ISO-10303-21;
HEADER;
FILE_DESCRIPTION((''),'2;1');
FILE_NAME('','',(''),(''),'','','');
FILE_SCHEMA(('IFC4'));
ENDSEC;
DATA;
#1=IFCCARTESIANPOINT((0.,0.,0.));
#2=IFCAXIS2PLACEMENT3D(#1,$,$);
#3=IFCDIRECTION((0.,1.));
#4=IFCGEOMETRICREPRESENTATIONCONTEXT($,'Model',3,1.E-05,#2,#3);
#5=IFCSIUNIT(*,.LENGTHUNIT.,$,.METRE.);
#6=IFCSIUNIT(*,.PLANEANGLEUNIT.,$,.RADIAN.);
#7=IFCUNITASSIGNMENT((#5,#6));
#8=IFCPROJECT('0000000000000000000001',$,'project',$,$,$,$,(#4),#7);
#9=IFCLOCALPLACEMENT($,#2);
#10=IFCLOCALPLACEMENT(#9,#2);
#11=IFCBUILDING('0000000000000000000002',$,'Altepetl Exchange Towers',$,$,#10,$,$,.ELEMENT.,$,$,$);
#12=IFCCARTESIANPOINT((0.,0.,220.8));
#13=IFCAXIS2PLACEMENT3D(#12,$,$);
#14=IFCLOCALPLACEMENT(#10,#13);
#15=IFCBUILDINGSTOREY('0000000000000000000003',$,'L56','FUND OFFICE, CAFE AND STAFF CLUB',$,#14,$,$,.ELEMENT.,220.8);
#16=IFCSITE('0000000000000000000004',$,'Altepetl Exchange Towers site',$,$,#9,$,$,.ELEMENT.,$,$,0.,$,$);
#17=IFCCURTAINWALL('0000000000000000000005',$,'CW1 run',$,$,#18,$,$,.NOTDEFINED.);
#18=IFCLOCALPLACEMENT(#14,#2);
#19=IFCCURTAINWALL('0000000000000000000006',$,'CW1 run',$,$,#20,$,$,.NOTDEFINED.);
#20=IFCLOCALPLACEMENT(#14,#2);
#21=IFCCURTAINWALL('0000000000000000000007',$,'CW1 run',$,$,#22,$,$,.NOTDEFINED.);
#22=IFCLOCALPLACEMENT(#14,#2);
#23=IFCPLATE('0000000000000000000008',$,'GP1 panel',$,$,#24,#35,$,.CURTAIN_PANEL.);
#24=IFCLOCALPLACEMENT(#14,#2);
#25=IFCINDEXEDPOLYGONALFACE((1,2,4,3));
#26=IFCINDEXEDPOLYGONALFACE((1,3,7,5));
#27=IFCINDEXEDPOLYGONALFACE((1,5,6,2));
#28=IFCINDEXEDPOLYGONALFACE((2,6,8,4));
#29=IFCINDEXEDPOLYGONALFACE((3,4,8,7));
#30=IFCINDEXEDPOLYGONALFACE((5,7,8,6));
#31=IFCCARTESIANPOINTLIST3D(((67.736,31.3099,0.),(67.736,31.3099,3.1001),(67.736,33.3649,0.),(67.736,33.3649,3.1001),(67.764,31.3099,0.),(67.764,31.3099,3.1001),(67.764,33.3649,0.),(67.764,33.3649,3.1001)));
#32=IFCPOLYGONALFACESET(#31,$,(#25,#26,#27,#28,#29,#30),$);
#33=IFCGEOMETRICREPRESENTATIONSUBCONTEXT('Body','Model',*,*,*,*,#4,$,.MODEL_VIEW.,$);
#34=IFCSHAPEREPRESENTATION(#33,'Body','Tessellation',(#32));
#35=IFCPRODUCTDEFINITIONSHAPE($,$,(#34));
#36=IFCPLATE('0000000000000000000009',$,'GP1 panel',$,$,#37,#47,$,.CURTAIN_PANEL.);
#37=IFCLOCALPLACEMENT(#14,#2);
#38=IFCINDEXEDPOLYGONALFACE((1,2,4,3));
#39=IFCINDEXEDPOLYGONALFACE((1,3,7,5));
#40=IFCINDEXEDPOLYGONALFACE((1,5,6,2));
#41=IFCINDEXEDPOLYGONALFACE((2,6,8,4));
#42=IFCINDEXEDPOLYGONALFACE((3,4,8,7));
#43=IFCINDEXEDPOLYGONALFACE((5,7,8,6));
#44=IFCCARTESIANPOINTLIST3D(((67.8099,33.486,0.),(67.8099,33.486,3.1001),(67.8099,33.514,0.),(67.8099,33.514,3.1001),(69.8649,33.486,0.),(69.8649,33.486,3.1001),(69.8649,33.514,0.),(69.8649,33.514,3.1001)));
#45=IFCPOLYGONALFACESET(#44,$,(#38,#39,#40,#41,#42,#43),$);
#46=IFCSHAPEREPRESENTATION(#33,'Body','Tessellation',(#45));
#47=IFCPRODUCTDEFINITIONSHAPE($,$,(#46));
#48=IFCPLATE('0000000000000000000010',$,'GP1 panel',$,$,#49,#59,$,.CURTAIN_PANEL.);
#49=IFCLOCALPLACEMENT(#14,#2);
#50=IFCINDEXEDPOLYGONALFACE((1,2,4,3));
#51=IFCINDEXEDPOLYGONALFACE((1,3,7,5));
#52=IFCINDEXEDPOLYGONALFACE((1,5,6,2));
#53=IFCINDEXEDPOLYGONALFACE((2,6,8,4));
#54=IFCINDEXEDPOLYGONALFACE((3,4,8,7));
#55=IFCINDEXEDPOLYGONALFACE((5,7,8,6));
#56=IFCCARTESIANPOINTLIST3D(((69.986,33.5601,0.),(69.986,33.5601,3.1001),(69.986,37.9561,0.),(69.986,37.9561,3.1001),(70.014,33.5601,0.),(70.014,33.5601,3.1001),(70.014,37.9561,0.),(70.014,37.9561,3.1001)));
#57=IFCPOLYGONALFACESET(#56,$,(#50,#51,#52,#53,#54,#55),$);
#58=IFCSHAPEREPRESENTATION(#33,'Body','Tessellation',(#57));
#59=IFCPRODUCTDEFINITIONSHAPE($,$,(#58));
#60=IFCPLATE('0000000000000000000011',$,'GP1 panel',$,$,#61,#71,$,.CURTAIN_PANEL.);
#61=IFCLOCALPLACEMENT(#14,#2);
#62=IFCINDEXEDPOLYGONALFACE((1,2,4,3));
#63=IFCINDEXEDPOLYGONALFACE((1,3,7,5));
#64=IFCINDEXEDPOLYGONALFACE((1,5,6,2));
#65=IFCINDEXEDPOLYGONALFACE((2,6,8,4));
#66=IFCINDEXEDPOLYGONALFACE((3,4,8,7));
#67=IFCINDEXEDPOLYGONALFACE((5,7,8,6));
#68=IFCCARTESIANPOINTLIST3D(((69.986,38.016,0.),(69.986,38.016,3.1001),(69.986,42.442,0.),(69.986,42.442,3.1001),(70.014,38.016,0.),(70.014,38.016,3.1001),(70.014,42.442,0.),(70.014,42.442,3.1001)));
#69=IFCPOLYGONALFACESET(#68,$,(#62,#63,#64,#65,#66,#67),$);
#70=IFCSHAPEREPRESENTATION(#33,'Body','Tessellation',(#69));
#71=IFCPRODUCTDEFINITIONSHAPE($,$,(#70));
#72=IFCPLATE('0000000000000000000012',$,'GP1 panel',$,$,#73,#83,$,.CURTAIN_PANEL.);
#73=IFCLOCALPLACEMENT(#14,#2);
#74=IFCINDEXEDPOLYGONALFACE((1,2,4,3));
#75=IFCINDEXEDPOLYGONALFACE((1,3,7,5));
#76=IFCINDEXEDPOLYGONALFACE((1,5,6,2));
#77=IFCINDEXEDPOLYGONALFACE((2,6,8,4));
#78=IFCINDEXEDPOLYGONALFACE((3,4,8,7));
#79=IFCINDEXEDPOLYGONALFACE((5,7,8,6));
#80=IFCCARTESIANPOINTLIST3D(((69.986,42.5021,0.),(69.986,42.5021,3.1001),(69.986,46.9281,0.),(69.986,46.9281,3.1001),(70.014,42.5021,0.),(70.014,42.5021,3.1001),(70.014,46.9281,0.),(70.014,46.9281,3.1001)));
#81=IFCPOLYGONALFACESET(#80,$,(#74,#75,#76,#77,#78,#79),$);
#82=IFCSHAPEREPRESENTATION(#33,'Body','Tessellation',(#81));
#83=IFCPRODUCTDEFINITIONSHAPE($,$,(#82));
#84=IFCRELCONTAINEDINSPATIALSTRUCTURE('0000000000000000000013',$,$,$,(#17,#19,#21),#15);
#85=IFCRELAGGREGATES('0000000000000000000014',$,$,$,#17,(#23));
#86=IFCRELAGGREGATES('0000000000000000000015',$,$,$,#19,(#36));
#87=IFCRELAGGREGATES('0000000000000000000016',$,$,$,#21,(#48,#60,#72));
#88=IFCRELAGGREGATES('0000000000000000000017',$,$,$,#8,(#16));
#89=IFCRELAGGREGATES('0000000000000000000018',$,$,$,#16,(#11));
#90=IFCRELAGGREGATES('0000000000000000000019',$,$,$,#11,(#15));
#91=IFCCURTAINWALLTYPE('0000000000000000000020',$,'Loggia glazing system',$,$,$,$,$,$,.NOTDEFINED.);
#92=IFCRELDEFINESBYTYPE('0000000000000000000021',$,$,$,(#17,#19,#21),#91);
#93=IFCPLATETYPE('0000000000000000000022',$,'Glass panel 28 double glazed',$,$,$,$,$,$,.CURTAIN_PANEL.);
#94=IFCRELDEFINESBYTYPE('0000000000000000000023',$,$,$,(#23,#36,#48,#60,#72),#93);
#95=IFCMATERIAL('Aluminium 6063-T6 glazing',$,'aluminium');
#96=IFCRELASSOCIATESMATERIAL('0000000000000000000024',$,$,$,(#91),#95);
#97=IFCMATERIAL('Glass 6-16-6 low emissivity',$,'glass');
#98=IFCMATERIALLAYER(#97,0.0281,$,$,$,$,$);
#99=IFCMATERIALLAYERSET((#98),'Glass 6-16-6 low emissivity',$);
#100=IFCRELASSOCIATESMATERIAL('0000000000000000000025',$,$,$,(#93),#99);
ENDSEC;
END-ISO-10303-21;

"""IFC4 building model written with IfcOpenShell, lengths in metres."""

from ifc_helpers import new_model, si_unit, direction, frame, origin, origin_2d, place, context, subcontext, project, spatial, rectangle, extrude, material, layer, layer_set, type_object, element, aggregate, save


model = new_model("IFC4")

# Units and contexts
model_context = context("Model", 3, precision=1e-05, world=origin(), true_north=direction((0.0, 1.0)))
body_context = subcontext(model_context, "Body", "Model", "MODEL_VIEW")
ifc_project = project(units=[si_unit("LENGTHUNIT", "METRE"), si_unit("PLANEANGLEUNIT", "RADIAN")], contexts=[model_context])

# Site, building, storey
site_placement = place(None, origin())
site = spatial("IfcSite", under=ifc_project, at=site_placement, Name="Altepetl Exchange Towers site", CompositionType="ELEMENT", RefElevation=0.0)
building_placement = place(site_placement, origin())
building = spatial("IfcBuilding", under=site, at=building_placement, Name="Altepetl Exchange Towers", CompositionType="ELEMENT")
storey_placement = place(building_placement, frame((0.0, 0.0, 220.8)))
storey = spatial("IfcBuildingStorey", under=building, at=storey_placement, Name="L56", Description="FUND OFFICE, CAFE AND STAFF CLUB", CompositionType="ELEMENT", Elevation=220.8)

# Curtain wall
ifc_material_1 = material(Name="Aluminium 6063-T6 glazing", Category="aluminium")
curtain_wall_type = type_object("IfcCurtainWallType", Name="Loggia glazing system", PredefinedType="NOTDEFINED", material=ifc_material_1)
curtain_wall_1_placement = place(storey_placement, origin())
curtain_wall_1 = element("IfcCurtainWall", 1, at=curtain_wall_1_placement, inside=storey, type_object=curtain_wall_type, Name="CW1 run", PredefinedType="NOTDEFINED")

# Curtain walls
curtain_wall_2_placement = place(storey_placement, origin())
curtain_wall_2 = element("IfcCurtainWall", 2, at=curtain_wall_2_placement, inside=storey, type_object=curtain_wall_type, Name="CW1 run", PredefinedType="NOTDEFINED")
curtain_wall_3_placement = place(storey_placement, origin())
curtain_wall_3 = element("IfcCurtainWall", 3, at=curtain_wall_3_placement, inside=storey, type_object=curtain_wall_type, Name="CW1 run", PredefinedType="NOTDEFINED")

# Plates
ifc_material_2 = material(Name="Glass 6-16-6 low emissivity", Category="glass")
ifc_layer = layer(ifc_material_2, 0.0281)
ifc_layer_set = layer_set([ifc_layer], Name="Glass 6-16-6 low emissivity")
plate_type = type_object("IfcPlateType", Name="Glass panel 28 double glazed", PredefinedType="CURTAIN_PANEL", material=ifc_layer_set)
plate_1_placement = place(storey_placement, frame((67.75, 32.3374, 0.0), z_axis=(0.0, 0.0, 1.0), x_axis=(0.0, 1.0, 0.0)))
plate_1 = element("IfcPlate", 4, at=plate_1_placement, type_object=plate_type, Name="GP1 panel", PredefinedType="CURTAIN_PANEL", context=body_context, shape_type="SweptSolid", body=[
    extrude(rectangle(XDim=2.0549, YDim=0.0281, at=origin_2d()), origin(), (0.0, 0.0, 1.0), 3.1001),
])
aggregate(curtain_wall_1, [plate_1])
plate_2_placement = place(storey_placement, frame((68.8374, 33.5, 0.0)))
plate_2 = element("IfcPlate", 5, at=plate_2_placement, type_object=plate_type, Name="GP1 panel", PredefinedType="CURTAIN_PANEL", context=body_context, shape_type="SweptSolid", body=[
    extrude(rectangle(XDim=2.0549, YDim=0.0281, at=origin_2d()), origin(), (0.0, 0.0, 1.0), 3.1001),
])
aggregate(curtain_wall_2, [plate_2])
plate_3_placement = place(storey_placement, frame((70.0, 35.7581, 0.0), z_axis=(0.0, 0.0, 1.0), x_axis=(0.0, 1.0, 0.0)))
plate_3 = element("IfcPlate", 6, at=plate_3_placement, type_object=plate_type, Name="GP1 panel", PredefinedType="CURTAIN_PANEL", context=body_context, shape_type="SweptSolid", body=[
    extrude(rectangle(XDim=4.396, YDim=0.0281, at=origin_2d()), origin(), (0.0, 0.0, 1.0), 3.1001),
])
plate_4_placement = place(storey_placement, frame((70.0, 40.229, 0.0), z_axis=(0.0, 0.0, 1.0), x_axis=(0.0, 1.0, 0.0)))
plate_4 = element("IfcPlate", 7, at=plate_4_placement, type_object=plate_type, Name="GP1 panel", PredefinedType="CURTAIN_PANEL", context=body_context, shape_type="SweptSolid", body=[
    extrude(rectangle(XDim=4.426, YDim=0.0281, at=origin_2d()), origin(), (0.0, 0.0, 1.0), 3.1001),
])
plate_5_placement = place(storey_placement, frame((70.0, 44.7151, 0.0), z_axis=(0.0, 0.0, 1.0), x_axis=(0.0, 1.0, 0.0)))
plate_5 = element("IfcPlate", 8, at=plate_5_placement, type_object=plate_type, Name="GP1 panel", PredefinedType="CURTAIN_PANEL", context=body_context, shape_type="SweptSolid", body=[
    extrude(rectangle(XDim=4.426, YDim=0.0281, at=origin_2d()), origin(), (0.0, 0.0, 1.0), 3.1001),
])
aggregate(curtain_wall_3, [plate_3, plate_4, plate_5])

save(model, "model.ifc")
